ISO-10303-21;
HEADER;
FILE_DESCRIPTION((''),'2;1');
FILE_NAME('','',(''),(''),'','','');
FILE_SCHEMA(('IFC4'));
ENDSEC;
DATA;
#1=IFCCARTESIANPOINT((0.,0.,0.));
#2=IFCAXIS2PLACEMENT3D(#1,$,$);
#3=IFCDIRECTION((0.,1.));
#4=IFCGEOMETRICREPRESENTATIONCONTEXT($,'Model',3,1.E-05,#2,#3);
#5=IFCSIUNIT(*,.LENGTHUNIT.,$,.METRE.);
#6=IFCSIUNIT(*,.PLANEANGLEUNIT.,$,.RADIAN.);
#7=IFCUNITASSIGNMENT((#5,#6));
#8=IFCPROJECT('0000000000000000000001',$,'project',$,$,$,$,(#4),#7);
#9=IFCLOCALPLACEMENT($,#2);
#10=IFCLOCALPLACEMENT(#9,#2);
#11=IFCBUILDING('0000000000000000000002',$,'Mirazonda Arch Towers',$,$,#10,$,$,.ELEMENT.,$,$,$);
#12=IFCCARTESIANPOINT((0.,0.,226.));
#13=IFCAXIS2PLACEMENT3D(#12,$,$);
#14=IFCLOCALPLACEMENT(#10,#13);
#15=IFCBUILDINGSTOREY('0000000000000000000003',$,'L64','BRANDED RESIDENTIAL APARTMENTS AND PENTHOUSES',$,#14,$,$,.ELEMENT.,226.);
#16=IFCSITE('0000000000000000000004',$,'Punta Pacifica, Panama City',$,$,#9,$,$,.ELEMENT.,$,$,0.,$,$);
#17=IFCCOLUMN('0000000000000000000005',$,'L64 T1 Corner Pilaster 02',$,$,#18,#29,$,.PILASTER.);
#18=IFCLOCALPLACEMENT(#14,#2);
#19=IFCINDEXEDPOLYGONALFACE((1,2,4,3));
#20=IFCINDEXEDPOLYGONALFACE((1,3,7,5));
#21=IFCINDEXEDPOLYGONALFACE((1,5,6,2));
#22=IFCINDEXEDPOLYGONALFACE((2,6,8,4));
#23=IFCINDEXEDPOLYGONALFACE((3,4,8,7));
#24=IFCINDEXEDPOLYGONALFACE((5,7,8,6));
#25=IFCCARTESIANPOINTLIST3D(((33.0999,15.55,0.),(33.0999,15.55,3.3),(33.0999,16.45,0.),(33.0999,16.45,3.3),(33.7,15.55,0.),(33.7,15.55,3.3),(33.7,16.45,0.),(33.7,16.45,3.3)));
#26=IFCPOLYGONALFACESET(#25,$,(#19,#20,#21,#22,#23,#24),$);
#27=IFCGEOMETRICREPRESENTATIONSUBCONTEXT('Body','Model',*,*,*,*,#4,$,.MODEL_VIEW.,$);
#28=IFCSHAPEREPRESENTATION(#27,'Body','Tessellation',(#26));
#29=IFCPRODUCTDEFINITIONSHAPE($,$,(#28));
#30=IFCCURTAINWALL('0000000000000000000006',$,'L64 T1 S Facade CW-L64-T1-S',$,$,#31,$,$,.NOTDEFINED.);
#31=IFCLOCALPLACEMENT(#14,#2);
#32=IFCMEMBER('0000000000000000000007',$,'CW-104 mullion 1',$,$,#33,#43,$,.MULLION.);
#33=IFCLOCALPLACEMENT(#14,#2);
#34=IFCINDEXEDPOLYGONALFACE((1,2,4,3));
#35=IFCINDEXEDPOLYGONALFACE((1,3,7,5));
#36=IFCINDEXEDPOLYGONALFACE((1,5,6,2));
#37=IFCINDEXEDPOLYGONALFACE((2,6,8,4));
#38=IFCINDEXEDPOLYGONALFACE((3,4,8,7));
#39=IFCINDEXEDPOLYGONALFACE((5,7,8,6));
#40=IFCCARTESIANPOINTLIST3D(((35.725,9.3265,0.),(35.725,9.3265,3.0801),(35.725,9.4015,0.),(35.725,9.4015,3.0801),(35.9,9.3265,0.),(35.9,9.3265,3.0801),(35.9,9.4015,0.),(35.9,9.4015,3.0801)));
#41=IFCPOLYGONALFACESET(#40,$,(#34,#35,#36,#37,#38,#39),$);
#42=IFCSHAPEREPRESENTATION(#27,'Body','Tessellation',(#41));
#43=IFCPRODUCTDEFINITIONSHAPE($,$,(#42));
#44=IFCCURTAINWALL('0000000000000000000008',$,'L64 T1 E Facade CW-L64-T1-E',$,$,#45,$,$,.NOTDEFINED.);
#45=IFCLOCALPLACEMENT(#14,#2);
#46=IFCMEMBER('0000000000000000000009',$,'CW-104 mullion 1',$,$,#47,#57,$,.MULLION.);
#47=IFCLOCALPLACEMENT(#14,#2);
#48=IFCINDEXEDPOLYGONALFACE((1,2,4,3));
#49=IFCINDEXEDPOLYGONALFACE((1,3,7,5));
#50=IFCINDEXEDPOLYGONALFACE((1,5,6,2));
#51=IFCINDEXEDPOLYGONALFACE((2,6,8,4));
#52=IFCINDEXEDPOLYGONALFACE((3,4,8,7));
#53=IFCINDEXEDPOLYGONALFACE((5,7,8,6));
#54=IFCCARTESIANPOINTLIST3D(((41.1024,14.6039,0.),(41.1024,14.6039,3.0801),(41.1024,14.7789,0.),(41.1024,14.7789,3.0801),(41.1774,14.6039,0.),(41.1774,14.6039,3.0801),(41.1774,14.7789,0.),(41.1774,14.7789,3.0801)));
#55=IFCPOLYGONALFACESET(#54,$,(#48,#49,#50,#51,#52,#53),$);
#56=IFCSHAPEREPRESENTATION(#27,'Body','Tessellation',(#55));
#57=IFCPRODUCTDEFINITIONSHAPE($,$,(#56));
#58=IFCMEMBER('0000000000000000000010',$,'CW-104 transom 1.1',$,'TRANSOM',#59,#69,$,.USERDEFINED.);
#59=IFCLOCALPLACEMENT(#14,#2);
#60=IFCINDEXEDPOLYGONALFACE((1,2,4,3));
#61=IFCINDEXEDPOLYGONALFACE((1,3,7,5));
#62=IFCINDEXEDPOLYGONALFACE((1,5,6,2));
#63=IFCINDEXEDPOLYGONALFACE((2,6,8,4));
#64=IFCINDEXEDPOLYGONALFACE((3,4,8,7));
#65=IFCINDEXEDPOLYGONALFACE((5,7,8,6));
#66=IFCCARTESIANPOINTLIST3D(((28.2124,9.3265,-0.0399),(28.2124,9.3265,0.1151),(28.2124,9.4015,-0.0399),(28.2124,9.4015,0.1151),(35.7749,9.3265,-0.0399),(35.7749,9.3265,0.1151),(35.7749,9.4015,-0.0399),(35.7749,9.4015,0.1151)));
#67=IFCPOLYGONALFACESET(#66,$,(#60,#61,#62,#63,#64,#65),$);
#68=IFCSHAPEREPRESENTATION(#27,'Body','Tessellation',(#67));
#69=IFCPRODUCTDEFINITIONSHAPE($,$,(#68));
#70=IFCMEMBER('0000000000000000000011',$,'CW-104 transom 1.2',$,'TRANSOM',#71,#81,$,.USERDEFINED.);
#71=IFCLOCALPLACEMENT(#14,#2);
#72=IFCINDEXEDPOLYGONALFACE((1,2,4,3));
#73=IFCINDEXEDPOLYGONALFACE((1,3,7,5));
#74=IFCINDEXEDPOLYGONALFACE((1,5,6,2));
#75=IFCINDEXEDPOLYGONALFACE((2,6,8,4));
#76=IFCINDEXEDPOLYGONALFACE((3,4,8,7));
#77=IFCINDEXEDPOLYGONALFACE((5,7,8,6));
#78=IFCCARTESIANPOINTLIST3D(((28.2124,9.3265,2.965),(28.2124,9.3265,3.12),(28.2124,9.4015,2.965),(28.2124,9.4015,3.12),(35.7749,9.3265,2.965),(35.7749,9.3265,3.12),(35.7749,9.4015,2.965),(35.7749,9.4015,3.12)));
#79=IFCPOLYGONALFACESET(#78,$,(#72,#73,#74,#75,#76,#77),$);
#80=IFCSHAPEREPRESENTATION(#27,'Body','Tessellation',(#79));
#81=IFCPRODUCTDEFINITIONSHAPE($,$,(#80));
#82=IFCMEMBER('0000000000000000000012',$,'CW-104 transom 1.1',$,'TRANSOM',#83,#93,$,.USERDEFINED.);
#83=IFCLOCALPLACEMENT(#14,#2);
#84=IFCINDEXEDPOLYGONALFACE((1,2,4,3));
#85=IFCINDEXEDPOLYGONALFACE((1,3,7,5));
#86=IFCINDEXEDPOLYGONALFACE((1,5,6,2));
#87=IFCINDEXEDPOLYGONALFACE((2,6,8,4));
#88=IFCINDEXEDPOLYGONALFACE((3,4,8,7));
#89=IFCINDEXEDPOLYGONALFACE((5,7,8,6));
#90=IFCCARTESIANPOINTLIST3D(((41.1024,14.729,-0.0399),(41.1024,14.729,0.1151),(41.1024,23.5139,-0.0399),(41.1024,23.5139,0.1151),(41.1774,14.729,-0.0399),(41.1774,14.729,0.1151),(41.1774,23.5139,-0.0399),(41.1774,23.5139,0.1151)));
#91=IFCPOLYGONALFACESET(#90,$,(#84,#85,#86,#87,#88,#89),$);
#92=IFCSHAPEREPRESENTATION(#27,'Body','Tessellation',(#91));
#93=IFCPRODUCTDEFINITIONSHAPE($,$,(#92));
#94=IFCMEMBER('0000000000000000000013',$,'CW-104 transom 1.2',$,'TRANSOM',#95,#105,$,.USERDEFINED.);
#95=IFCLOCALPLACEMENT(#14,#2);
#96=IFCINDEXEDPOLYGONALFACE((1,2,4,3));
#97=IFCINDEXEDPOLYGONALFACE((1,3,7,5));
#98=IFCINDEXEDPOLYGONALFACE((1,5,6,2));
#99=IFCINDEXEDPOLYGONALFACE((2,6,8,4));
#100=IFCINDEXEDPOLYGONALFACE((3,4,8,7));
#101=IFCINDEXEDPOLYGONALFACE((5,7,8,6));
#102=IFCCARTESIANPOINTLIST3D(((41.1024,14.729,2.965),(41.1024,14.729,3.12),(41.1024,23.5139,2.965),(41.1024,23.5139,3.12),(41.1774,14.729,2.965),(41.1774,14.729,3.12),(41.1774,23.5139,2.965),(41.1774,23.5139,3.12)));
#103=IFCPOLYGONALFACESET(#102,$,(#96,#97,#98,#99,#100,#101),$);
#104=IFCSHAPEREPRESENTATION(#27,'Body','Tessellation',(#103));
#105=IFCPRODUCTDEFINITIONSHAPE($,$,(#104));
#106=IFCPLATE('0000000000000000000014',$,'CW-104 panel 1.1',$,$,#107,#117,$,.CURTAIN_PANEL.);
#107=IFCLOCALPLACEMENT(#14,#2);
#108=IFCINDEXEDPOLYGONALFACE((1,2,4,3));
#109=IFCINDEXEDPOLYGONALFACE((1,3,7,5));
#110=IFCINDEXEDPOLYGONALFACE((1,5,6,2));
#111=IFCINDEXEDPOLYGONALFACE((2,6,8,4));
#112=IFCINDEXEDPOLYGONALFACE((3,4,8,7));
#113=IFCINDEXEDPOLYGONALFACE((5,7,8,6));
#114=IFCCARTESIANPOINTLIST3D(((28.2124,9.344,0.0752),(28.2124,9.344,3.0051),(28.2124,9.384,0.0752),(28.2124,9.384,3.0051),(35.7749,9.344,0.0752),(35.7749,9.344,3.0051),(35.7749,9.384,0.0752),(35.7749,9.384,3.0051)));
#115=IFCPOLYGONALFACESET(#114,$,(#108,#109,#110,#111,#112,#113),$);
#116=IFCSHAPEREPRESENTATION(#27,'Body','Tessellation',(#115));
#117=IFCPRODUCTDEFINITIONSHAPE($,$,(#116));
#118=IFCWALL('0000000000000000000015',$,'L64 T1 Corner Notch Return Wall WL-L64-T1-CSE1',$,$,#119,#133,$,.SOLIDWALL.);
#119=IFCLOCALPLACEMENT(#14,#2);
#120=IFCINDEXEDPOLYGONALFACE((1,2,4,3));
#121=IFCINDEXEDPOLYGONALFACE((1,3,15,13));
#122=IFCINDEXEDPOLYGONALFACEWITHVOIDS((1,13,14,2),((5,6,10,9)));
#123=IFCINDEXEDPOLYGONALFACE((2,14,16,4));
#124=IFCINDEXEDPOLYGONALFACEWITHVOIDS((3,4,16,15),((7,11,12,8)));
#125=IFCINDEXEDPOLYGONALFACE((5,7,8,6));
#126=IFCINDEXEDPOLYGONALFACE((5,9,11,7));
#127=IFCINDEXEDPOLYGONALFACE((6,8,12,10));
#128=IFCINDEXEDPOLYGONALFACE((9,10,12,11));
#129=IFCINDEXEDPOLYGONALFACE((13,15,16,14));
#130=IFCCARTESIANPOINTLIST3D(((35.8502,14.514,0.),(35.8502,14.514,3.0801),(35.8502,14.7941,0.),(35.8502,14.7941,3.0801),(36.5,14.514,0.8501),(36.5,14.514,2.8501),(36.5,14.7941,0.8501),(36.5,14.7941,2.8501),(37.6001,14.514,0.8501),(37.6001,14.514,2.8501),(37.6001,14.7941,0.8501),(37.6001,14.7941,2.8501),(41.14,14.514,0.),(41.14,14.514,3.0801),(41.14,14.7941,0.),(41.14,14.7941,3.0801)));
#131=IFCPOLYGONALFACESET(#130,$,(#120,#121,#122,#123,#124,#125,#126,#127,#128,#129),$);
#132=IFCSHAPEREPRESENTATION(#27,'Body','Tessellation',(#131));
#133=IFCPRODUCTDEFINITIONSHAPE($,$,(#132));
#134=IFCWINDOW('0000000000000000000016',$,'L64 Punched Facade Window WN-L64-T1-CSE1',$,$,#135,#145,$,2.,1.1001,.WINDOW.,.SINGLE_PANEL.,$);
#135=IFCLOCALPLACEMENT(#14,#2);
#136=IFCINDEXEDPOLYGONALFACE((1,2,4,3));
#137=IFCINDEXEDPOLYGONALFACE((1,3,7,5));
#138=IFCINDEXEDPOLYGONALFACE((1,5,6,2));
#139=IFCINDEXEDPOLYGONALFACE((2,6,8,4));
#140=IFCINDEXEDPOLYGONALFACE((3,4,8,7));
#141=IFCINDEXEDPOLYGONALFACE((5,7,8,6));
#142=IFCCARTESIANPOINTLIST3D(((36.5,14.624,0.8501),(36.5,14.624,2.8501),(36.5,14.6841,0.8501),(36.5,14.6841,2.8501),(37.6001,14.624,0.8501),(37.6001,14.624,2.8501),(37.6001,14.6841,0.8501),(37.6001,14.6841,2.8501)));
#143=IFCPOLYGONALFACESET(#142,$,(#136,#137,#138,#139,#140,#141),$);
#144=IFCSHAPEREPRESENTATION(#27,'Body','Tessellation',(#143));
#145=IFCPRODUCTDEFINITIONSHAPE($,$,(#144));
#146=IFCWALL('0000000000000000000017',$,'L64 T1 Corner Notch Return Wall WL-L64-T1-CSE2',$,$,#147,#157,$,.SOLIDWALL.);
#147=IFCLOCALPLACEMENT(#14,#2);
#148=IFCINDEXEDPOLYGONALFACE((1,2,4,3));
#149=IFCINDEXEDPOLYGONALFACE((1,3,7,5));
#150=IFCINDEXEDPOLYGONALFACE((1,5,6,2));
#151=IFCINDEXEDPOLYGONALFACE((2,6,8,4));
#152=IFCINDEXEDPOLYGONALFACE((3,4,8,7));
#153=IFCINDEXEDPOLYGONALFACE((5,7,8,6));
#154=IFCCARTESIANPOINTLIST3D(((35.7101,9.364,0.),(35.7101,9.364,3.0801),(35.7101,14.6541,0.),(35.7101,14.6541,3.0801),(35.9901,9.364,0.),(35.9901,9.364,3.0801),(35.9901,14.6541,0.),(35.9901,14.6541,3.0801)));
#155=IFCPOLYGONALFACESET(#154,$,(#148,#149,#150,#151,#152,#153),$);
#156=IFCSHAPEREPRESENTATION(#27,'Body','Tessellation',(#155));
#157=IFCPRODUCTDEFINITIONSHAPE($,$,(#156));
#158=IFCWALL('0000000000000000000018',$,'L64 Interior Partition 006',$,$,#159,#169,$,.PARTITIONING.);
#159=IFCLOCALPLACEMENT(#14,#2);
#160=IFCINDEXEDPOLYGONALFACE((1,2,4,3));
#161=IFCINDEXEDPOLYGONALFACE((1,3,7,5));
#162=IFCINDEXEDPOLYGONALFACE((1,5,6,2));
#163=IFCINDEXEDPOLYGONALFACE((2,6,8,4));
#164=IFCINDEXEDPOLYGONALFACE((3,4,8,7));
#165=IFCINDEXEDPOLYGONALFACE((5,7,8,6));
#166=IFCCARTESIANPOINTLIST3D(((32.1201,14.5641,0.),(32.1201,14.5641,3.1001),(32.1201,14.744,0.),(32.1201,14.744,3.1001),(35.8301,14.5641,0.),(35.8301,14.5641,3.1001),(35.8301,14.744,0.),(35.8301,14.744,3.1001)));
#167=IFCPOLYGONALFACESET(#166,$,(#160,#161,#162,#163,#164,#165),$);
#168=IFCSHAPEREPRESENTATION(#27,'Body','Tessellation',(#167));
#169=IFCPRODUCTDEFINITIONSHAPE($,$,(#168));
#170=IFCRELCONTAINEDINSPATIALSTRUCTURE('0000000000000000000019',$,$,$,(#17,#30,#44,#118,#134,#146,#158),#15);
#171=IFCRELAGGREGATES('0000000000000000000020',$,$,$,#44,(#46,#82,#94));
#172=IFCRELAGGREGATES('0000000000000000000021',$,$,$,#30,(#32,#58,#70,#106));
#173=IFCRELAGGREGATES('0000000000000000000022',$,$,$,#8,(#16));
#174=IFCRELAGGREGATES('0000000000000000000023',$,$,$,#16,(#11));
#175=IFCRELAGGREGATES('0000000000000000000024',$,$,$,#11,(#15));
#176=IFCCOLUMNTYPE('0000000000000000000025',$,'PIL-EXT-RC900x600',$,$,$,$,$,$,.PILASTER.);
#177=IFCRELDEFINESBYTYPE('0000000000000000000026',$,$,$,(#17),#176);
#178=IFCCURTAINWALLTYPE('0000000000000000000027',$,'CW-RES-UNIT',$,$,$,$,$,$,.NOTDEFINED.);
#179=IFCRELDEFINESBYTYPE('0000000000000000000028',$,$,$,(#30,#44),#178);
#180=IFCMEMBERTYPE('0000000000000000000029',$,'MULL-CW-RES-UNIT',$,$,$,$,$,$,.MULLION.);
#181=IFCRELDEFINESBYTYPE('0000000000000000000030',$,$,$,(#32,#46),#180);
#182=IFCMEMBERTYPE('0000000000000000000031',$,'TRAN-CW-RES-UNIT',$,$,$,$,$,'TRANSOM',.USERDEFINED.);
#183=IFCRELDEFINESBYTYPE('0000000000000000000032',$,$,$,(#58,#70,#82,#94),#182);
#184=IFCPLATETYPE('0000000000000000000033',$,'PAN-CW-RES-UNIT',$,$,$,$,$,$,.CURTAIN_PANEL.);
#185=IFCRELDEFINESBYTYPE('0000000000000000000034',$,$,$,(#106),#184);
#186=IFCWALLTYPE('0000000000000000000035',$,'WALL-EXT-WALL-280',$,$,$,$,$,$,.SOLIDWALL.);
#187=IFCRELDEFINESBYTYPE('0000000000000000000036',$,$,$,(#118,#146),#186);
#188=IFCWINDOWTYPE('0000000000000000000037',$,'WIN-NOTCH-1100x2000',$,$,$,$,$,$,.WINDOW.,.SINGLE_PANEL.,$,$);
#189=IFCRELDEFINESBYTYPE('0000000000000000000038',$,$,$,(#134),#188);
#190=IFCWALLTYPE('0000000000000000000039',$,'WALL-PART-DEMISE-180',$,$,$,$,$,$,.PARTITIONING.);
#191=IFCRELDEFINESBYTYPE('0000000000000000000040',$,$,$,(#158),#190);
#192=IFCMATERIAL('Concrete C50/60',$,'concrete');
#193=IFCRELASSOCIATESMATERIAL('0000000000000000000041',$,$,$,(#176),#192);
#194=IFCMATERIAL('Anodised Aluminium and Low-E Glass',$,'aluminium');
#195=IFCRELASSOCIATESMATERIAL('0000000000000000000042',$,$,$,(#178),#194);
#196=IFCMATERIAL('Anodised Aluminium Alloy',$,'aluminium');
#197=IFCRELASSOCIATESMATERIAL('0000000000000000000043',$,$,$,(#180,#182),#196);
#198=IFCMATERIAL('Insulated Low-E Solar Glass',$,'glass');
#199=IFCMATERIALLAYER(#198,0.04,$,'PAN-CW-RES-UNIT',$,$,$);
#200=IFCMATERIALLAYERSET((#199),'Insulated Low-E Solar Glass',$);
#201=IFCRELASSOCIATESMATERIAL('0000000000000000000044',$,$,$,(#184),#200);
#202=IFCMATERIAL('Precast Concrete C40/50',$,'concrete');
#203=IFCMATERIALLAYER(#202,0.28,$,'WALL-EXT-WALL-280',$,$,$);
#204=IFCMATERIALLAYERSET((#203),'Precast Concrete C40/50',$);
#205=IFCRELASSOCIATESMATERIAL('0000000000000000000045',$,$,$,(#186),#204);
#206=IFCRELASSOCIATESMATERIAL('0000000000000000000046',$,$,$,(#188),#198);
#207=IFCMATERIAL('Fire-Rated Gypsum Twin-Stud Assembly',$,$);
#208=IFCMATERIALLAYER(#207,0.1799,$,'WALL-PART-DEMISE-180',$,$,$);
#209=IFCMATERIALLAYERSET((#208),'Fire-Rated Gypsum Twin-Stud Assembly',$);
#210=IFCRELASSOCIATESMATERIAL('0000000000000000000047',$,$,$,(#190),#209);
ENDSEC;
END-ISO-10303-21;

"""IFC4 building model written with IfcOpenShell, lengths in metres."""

from ifc_helpers import new_model, si_unit, direction, frame, frame_2d, origin, origin_2d, place, context, subcontext, project, spatial, rectangle, extrude, material, layer, layer_set, material_profile, profile_set, type_object, element, fill, aggregate, save


model = new_model("IFC4")

# Units and contexts
model_context = context("Model", 3, precision=1e-05, world=origin(), true_north=direction((0.0, 1.0)))
body_context = subcontext(model_context, "Body", "Model", "MODEL_VIEW")
ifc_project = project(units=[si_unit("LENGTHUNIT", "METRE"), si_unit("PLANEANGLEUNIT", "RADIAN")], contexts=[model_context])

# Site, building, storey
site_placement = place(None, origin())
site = spatial("IfcSite", under=ifc_project, at=site_placement, Name="Punta Pacifica, Panama City", CompositionType="ELEMENT", RefElevation=0.0)
building_placement = place(site_placement, origin())
building = spatial("IfcBuilding", under=site, at=building_placement, Name="Mirazonda Arch Towers", CompositionType="ELEMENT")
storey_placement = place(building_placement, frame((0.0, 0.0, 226.0)))
storey = spatial("IfcBuildingStorey", under=building, at=storey_placement, Name="L64", Description="BRANDED RESIDENTIAL APARTMENTS AND PENTHOUSES", CompositionType="ELEMENT", Elevation=226.0)

# Column
ifc_material_1 = material(Name="Concrete C50/60", Category="concrete")
ifc_material_profile_1 = material_profile(ifc_material_1, rectangle(XDim=0.6001, YDim=0.8999, at=origin_2d()), Name="RC900x600")
ifc_profile_set_1 = profile_set([ifc_material_profile_1], Name="Concrete C50/60")
column_type = type_object("IfcColumnType", Name="PIL-EXT-RC900x600", PredefinedType="PILASTER", material=ifc_profile_set_1)
column_placement = place(storey_placement, frame((33.3999, 16.0, 0.0), z_axis=(0.0, 0.0, 1.0), x_axis=(1.0, 0.0, 0.0)))
element("IfcColumn", 1, at=column_placement, inside=storey, type_object=column_type, Name="L64 T1 Corner Pilaster 02", PredefinedType="PILASTER", context=body_context, shape_type="SweptSolid", body=[
    extrude(rectangle(XDim=0.6001, YDim=0.8999, at=origin_2d()), origin(), (0.0, 0.0, 1.0), 3.3),
])

# Curtain walls, members
ifc_material_2 = material(Name="Anodised Aluminium and Low-E Glass", Category="aluminium")
curtain_wall_type = type_object("IfcCurtainWallType", Name="CW-RES-UNIT", PredefinedType="NOTDEFINED", material=ifc_material_2)
curtain_wall_1_placement = place(storey_placement, origin())
curtain_wall_1 = element("IfcCurtainWall", 2, at=curtain_wall_1_placement, inside=storey, type_object=curtain_wall_type, Name="L64 T1 S Facade CW-L64-T1-S", PredefinedType="NOTDEFINED")
ifc_material_3 = material(Name="Anodised Aluminium Alloy", Category="aluminium")
ifc_material_profile_2 = material_profile(ifc_material_3, rectangle(XDim=0.075, YDim=0.175, at=origin_2d()), Name="ALU-MULL-75x175")
ifc_profile_set_2 = profile_set([ifc_material_profile_2], Name="Anodised Aluminium Alloy")
member_type_1 = type_object("IfcMemberType", Name="MULL-CW-RES-UNIT", PredefinedType="MULLION", material=ifc_profile_set_2)
member_1_placement = place(storey_placement, frame((35.8125, 9.364, 0.0), z_axis=(0.0, 0.0, 1.0), x_axis=(0.0, -1.0, 0.0)))
member_1 = element("IfcMember", 3, at=member_1_placement, type_object=member_type_1, Name="CW-104 mullion 1", PredefinedType="MULLION", context=body_context, shape_type="SweptSolid", body=[
    extrude(rectangle(XDim=0.075, YDim=0.175, at=origin_2d()), origin(), (0.0, 0.0, 1.0), 3.0801),
])
curtain_wall_2_placement = place(storey_placement, origin())
curtain_wall_2 = element("IfcCurtainWall", 4, at=curtain_wall_2_placement, inside=storey, type_object=curtain_wall_type, Name="L64 T1 E Facade CW-L64-T1-E", PredefinedType="NOTDEFINED")
member_2_placement = place(storey_placement, frame((41.1399, 14.6914, 0.0), z_axis=(0.0, 0.0, 1.0), x_axis=(-1.0, 0.0, 0.0)))
member_2 = element("IfcMember", 5, at=member_2_placement, type_object=member_type_1, Name="CW-104 mullion 1", PredefinedType="MULLION", context=body_context, shape_type="SweptSolid", body=[
    extrude(rectangle(XDim=0.075, YDim=0.175, at=origin_2d()), origin(), (0.0, 0.0, 1.0), 3.0801),
])

# Members
ifc_material_profile_3 = material_profile(ifc_material_3, rectangle(XDim=0.075, YDim=0.155, at=origin_2d()), Name="ALU-TRAN-75x155")
ifc_profile_set_3 = profile_set([ifc_material_profile_3], Name="Anodised Aluminium Alloy")
member_type_2 = type_object("IfcMemberType", Name="TRAN-CW-RES-UNIT", ElementType="TRANSOM", PredefinedType="USERDEFINED", material=ifc_profile_set_3)
member_3_placement = place(storey_placement, frame((35.7749, 9.364, 0.0376), z_axis=(-1.0, 0.0, 0.0), x_axis=(0.0, -1.0, 0.0)))
member_3 = element("IfcMember", 6, at=member_3_placement, type_object=member_type_2, Name="CW-104 transom 1.1", ObjectType="TRANSOM", PredefinedType="USERDEFINED", context=body_context, shape_type="SweptSolid", body=[
    extrude(rectangle(XDim=0.075, YDim=0.155, at=origin_2d()), origin(), (0.0, 0.0, 1.0), 7.5625),
])
member_4_placement = place(storey_placement, frame((35.7749, 9.364, 3.0425), z_axis=(-1.0, 0.0, 0.0), x_axis=(0.0, -1.0, 0.0)))
member_4 = element("IfcMember", 7, at=member_4_placement, type_object=member_type_2, Name="CW-104 transom 1.2", ObjectType="TRANSOM", PredefinedType="USERDEFINED", context=body_context, shape_type="SweptSolid", body=[
    extrude(rectangle(XDim=0.075, YDim=0.155, at=origin_2d()), origin(), (0.0, 0.0, 1.0), 7.5625),
])
member_5_placement = place(storey_placement, frame((41.1399, 14.729, 0.0376), z_axis=(0.0, 1.0, 0.0), x_axis=(-1.0, 0.0, 0.0)))
member_5 = element("IfcMember", 8, at=member_5_placement, type_object=member_type_2, Name="CW-104 transom 1.1", ObjectType="TRANSOM", PredefinedType="USERDEFINED", context=body_context, shape_type="SweptSolid", body=[
    extrude(rectangle(XDim=0.075, YDim=0.155, at=origin_2d()), origin(), (0.0, 0.0, 1.0), 8.7849),
])
member_6_placement = place(storey_placement, frame((41.1399, 14.729, 3.0425), z_axis=(0.0, 1.0, 0.0), x_axis=(-1.0, 0.0, 0.0)))
member_6 = element("IfcMember", 9, at=member_6_placement, type_object=member_type_2, Name="CW-104 transom 1.2", ObjectType="TRANSOM", PredefinedType="USERDEFINED", context=body_context, shape_type="SweptSolid", body=[
    extrude(rectangle(XDim=0.075, YDim=0.155, at=origin_2d()), origin(), (0.0, 0.0, 1.0), 8.7849),
])
aggregate(curtain_wall_2, [member_2, member_5, member_6])

# Plate
ifc_material_4 = material(Name="Insulated Low-E Solar Glass", Category="glass")
ifc_layer_1 = layer(ifc_material_4, 0.04, Name="PAN-CW-RES-UNIT")
ifc_layer_set_1 = layer_set([ifc_layer_1], Name="Insulated Low-E Solar Glass")
plate_type = type_object("IfcPlateType", Name="PAN-CW-RES-UNIT", PredefinedType="CURTAIN_PANEL", material=ifc_layer_set_1)
plate_placement = place(storey_placement, frame((31.9937, 9.364, 0.0752), z_axis=(0.0, 0.0, 1.0), x_axis=(-1.0, 0.0, 0.0)))
plate = element("IfcPlate", 10, at=plate_placement, type_object=plate_type, Name="CW-104 panel 1.1", PredefinedType="CURTAIN_PANEL", context=body_context, shape_type="SweptSolid", body=[
    extrude(rectangle(XDim=7.5625, YDim=0.04, at=origin_2d()), origin(), (0.0, 0.0, 1.0), 2.9299),
])
aggregate(curtain_wall_1, [member_1, member_3, member_4, plate])

# Wall, opening, window
ifc_material_5 = material(Name="Precast Concrete C40/50", Category="concrete")
ifc_layer_2 = layer(ifc_material_5, 0.28, Name="WALL-EXT-WALL-280")
ifc_layer_set_2 = layer_set([ifc_layer_2], Name="Precast Concrete C40/50")
wall_type_1 = type_object("IfcWallType", Name="WALL-EXT-WALL-280", PredefinedType="SOLIDWALL", material=ifc_layer_set_2)
wall_1_placement = place(storey_placement, frame((35.8501, 14.6541, 0.0), z_axis=(0.0, 0.0, 1.0), x_axis=(1.0, 0.0, 0.0)))
wall_1 = element("IfcWall", 11, at=wall_1_placement, inside=storey, type_object=wall_type_1, Name="L64 T1 Corner Notch Return Wall WL-L64-T1-CSE1", PredefinedType="SOLIDWALL", context=body_context, shape_type="SweptSolid", body=[
    extrude(rectangle(XDim=5.2898, YDim=0.28, at=frame_2d((2.645, 0.0))), origin(), (0.0, 0.0, 1.0), 3.0801),
])
opening_1_placement = place(wall_1_placement, frame((0.6499, 0.0, 0.8501)))
opening_1 = element("IfcOpeningElement", 12, at=opening_1_placement, cuts=wall_1, PredefinedType="OPENING", context=body_context, shape_type="SweptSolid", body=[
    extrude(rectangle(XDim=1.1001, YDim=2.0, at=frame_2d((0.55, 1.0))), frame((0.0, 0.1499, 0.0), z_axis=(0.0, -1.0, 0.0), x_axis=(1.0, 0.0, 0.0)), (0.0, 0.0, 1.0), 0.3),
])
window_type = type_object("IfcWindowType", Name="WIN-NOTCH-1100x2000", PartitioningType="SINGLE_PANEL", PredefinedType="WINDOW", material=ifc_material_4)
window_placement = place(opening_1_placement, origin())
window = element("IfcWindow", 13, at=window_placement, inside=storey, type_object=window_type, Name="L64 Punched Facade Window WN-L64-T1-CSE1", OverallHeight=2.0, OverallWidth=1.1001, PartitioningType="SINGLE_PANEL", PredefinedType="WINDOW", context=body_context, shape_type="SweptSolid", body=[
    extrude(rectangle(XDim=1.1001, YDim=2.0, at=frame_2d((0.55, 1.0))), frame((0.0, 0.03, 0.0), z_axis=(0.0, -1.0, 0.0), x_axis=(1.0, 0.0, 0.0)), (0.0, 0.0, 1.0), 0.0601),
])
fill(opening_1, window)

# Walls
wall_2_placement = place(storey_placement, frame((35.8501, 9.364, 0.0), z_axis=(0.0, 0.0, 1.0), x_axis=(0.0, 1.0, 0.0)))
element("IfcWall", 14, at=wall_2_placement, inside=storey, type_object=wall_type_1, Name="L64 T1 Corner Notch Return Wall WL-L64-T1-CSE2", PredefinedType="SOLIDWALL", context=body_context, shape_type="SweptSolid", body=[
    extrude(rectangle(XDim=5.29, YDim=0.28, at=frame_2d((2.645, 0.0))), origin(), (0.0, 0.0, 1.0), 3.0801),
])
ifc_material_6 = material(Name="Fire-Rated Gypsum Twin-Stud Assembly")
ifc_layer_3 = layer(ifc_material_6, 0.1799, Name="WALL-PART-DEMISE-180")
ifc_layer_set_3 = layer_set([ifc_layer_3], Name="Fire-Rated Gypsum Twin-Stud Assembly")
wall_type_2 = type_object("IfcWallType", Name="WALL-PART-DEMISE-180", PredefinedType="PARTITIONING", material=ifc_layer_set_3)
wall_3_placement = place(storey_placement, frame((32.1201, 14.6541, 0.0), z_axis=(0.0, 0.0, 1.0), x_axis=(1.0, 0.0, 0.0)))
element("IfcWall", 15, at=wall_3_placement, inside=storey, type_object=wall_type_2, Name="L64 Interior Partition 006", PredefinedType="PARTITIONING", context=body_context, shape_type="SweptSolid", body=[
    extrude(rectangle(XDim=3.71, YDim=0.1799, at=frame_2d((1.855, 0.0))), origin(), (0.0, 0.0, 1.0), 3.1001),
])

save(model, "model.ifc")
